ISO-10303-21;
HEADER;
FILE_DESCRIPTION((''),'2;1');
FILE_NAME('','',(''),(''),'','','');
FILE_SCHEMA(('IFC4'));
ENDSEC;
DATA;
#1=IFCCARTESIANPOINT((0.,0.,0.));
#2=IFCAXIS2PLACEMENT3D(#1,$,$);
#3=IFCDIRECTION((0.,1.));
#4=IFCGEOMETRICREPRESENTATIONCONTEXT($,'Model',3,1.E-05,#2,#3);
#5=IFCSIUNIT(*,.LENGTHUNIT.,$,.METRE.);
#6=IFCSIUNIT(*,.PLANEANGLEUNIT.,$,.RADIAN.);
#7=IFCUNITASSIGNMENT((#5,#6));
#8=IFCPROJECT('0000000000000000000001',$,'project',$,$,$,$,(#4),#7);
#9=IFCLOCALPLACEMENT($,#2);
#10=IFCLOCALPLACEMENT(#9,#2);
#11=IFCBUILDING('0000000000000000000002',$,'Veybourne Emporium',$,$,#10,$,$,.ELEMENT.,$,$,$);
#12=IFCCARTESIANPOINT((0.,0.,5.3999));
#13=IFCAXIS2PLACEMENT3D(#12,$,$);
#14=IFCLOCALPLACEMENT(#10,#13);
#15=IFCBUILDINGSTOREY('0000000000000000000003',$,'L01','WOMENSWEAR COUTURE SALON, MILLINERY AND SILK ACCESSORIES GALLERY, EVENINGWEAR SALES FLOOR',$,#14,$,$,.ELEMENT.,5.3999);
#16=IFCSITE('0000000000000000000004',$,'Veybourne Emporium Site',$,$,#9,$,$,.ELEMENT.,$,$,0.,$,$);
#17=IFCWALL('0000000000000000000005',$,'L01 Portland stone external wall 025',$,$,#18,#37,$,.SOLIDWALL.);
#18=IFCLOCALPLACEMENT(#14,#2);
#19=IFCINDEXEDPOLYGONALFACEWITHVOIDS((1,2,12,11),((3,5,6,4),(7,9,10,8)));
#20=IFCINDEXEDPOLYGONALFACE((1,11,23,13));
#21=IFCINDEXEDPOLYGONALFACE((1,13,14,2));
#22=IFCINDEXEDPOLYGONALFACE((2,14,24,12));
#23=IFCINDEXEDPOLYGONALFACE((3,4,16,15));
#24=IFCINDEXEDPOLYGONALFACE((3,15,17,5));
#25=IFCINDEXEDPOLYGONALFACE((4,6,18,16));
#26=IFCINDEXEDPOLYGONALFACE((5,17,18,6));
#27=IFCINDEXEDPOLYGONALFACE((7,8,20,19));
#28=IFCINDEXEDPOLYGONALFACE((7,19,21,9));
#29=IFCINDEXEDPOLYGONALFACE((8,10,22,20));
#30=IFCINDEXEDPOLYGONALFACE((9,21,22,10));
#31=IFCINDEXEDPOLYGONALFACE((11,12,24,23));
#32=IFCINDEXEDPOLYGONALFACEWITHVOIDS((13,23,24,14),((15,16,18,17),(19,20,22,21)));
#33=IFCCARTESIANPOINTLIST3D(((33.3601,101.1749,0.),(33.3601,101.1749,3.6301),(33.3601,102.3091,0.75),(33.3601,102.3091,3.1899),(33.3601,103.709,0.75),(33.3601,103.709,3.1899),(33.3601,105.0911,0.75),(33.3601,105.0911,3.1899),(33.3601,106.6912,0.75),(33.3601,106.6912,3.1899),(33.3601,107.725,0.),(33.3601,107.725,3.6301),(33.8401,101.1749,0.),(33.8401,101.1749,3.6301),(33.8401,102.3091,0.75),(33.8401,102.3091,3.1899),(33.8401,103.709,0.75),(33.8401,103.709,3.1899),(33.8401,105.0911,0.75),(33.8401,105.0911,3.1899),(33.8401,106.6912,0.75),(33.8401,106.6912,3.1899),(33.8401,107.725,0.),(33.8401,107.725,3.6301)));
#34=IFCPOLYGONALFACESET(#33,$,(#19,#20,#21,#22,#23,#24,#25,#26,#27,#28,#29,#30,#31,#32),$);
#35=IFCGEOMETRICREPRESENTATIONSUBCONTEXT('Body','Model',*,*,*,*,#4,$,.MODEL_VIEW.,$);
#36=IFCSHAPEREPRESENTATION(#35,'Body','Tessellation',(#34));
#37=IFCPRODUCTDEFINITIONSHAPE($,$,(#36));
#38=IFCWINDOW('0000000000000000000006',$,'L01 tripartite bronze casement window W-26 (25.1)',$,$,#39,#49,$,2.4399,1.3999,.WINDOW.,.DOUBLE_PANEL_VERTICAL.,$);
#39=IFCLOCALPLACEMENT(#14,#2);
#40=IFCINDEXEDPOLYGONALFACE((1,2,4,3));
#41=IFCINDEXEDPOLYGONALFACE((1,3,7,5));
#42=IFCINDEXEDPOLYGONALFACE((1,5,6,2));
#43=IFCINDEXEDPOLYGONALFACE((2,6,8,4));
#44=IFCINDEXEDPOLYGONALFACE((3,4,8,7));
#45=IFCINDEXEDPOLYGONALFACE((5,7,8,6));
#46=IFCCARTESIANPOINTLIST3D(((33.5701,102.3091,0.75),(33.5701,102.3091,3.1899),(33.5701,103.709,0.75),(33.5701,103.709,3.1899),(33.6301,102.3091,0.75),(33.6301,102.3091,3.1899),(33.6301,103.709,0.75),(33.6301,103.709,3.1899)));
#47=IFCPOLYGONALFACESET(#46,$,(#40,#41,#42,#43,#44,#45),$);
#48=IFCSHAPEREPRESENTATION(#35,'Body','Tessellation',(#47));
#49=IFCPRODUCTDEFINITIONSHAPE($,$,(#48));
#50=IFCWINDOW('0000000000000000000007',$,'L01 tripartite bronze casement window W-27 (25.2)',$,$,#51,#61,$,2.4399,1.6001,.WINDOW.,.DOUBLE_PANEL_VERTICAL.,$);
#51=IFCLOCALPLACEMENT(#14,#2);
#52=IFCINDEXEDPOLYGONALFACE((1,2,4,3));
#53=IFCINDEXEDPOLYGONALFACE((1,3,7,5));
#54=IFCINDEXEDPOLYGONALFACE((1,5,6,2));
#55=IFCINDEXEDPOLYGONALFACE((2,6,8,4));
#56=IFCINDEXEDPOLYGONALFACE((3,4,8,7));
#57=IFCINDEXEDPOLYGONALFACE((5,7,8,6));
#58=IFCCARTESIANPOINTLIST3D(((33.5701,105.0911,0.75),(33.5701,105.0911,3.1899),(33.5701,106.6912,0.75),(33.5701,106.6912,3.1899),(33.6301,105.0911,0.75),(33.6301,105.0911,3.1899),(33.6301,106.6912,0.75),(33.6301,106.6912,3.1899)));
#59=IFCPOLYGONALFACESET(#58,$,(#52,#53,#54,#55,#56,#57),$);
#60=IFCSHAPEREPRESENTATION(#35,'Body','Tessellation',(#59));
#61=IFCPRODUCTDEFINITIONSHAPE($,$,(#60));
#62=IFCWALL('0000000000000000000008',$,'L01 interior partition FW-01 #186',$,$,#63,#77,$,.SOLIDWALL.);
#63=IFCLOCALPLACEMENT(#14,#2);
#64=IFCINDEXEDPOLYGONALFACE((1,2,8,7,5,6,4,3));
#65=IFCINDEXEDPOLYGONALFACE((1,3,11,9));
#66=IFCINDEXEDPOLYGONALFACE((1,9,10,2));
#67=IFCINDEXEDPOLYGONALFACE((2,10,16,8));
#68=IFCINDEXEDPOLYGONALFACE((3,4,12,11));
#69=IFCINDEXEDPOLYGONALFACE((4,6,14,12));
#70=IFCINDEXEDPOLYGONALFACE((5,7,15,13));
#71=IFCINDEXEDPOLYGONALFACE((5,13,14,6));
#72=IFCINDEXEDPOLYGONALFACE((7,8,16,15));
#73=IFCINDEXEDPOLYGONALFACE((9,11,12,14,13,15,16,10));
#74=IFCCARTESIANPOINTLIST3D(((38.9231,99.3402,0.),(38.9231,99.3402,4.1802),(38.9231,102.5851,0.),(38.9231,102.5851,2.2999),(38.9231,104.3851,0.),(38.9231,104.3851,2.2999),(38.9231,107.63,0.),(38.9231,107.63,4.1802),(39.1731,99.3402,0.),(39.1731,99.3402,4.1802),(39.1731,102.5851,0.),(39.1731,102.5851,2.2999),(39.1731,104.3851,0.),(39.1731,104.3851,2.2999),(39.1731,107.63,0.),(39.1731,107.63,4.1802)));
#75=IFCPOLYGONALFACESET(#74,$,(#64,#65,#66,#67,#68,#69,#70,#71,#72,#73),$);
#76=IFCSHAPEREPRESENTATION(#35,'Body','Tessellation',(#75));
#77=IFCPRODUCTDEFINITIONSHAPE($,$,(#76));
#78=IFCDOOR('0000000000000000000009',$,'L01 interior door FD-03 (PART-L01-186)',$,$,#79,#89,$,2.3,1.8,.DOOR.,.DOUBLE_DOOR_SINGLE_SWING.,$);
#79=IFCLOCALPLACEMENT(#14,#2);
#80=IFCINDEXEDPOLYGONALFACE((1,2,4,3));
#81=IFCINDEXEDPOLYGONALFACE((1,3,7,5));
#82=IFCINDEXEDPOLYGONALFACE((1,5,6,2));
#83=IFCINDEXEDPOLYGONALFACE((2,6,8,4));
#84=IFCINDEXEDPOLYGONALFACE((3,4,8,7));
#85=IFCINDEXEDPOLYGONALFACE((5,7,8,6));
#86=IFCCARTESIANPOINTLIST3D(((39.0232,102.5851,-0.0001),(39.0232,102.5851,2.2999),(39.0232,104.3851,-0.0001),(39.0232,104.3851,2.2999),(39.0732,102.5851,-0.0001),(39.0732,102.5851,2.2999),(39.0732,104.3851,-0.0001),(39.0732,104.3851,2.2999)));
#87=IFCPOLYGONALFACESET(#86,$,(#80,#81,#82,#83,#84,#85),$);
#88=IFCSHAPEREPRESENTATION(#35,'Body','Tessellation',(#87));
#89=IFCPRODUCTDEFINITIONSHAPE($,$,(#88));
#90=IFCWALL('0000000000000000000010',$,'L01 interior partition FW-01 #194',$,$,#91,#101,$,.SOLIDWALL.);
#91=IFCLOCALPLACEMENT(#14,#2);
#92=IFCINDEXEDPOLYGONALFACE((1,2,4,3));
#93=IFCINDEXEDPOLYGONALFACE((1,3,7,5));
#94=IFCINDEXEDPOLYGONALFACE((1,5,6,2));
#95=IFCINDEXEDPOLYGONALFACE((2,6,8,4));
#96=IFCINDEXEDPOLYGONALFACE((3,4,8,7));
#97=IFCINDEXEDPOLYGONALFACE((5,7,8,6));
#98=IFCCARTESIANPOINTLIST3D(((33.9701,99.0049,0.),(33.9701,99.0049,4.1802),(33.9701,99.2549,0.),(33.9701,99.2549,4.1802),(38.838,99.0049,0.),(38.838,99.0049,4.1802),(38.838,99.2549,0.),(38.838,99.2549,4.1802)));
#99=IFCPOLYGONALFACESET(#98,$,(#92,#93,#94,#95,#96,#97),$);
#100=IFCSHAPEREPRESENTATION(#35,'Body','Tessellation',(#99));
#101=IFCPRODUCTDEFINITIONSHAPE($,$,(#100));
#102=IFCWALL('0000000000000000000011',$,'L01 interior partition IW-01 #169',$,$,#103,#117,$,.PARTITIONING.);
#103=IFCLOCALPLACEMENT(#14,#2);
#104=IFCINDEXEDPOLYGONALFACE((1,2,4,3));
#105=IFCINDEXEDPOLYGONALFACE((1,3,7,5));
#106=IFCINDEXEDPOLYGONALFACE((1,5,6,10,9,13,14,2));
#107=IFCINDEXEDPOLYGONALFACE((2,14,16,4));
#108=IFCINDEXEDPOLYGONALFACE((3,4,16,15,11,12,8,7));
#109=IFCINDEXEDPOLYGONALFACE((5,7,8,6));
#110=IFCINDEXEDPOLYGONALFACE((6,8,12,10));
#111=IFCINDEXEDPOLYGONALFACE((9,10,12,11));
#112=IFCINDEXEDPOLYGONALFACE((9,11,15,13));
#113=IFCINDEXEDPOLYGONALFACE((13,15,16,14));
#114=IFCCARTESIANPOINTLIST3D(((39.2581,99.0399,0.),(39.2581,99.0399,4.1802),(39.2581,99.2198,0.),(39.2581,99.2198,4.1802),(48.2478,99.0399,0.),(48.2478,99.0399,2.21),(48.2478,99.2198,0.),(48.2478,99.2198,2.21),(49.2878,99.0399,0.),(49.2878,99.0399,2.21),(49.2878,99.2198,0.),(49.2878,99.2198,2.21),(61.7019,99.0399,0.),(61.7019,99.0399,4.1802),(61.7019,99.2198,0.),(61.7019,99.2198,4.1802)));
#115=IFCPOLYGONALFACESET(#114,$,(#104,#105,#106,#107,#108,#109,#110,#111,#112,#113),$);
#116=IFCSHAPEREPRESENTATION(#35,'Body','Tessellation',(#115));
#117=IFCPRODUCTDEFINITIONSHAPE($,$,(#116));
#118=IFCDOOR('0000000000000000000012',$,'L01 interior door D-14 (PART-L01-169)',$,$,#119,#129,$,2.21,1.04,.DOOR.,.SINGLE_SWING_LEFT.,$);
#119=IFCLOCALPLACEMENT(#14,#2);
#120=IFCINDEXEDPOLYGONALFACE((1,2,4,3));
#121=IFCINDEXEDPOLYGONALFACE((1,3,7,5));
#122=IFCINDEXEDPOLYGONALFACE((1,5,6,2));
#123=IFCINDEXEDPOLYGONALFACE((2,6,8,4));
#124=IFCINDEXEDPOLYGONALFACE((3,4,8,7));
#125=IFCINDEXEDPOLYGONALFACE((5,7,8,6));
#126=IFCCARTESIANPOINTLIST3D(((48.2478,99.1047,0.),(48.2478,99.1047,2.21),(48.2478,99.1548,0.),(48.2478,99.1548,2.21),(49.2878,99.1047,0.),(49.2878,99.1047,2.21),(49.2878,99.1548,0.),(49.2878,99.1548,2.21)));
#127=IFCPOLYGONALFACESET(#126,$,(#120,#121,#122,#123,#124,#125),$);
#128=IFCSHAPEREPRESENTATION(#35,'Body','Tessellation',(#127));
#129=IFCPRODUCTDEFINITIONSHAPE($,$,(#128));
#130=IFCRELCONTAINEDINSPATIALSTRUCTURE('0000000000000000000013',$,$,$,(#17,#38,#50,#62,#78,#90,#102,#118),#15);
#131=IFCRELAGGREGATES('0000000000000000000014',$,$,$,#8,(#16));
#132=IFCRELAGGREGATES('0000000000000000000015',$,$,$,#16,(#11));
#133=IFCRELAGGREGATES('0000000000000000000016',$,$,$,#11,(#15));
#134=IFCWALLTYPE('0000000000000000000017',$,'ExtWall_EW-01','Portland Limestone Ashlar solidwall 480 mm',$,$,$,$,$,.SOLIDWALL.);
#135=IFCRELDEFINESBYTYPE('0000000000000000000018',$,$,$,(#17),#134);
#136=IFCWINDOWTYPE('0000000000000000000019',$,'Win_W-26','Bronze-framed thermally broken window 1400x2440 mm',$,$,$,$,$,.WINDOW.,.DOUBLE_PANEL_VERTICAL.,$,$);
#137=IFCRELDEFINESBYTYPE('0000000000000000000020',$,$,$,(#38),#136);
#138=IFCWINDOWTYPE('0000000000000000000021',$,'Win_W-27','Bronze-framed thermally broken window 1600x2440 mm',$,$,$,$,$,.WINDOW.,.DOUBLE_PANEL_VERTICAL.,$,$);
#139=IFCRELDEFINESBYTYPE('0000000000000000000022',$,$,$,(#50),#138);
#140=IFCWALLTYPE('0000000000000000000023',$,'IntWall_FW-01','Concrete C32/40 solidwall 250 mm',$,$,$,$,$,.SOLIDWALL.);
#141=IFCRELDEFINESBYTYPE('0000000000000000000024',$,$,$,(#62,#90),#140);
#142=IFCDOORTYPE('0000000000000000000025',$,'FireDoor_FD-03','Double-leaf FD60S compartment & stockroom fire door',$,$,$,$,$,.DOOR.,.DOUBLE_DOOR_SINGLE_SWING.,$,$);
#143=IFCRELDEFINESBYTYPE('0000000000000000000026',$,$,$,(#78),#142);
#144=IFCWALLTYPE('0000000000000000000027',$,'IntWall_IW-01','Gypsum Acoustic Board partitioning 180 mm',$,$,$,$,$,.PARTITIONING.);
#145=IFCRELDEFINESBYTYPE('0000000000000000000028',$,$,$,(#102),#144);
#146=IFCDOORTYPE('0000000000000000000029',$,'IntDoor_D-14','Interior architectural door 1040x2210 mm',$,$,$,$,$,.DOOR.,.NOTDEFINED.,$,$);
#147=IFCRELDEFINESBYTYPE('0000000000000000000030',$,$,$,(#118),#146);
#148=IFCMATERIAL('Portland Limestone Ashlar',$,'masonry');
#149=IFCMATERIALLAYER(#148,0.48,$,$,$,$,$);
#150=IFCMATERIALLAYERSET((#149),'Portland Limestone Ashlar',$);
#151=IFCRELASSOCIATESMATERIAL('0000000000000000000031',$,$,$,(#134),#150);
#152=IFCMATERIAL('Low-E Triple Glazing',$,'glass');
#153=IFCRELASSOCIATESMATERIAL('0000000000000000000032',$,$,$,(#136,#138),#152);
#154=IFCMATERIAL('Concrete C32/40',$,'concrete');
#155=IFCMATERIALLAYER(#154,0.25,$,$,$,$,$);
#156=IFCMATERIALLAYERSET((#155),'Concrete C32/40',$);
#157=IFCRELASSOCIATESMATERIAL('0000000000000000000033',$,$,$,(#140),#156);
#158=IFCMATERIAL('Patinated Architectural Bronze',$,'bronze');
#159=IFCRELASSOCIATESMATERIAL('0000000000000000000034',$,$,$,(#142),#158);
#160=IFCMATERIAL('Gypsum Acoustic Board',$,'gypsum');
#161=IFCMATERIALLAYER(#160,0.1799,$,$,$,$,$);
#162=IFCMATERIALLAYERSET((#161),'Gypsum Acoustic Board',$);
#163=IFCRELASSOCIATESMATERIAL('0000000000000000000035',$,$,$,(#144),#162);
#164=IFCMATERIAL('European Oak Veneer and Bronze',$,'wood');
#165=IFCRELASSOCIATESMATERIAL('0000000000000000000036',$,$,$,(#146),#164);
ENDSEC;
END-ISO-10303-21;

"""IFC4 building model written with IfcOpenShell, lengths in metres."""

from ifc_helpers import new_model, si_unit, direction, frame, frame_2d, origin, place, context, subcontext, project, spatial, rectangle, extrude, material, layer, layer_set, type_object, element, fill, save


model = new_model("IFC4")

# Units and contexts
model_context = context("Model", 3, precision=1e-05, world=origin(), true_north=direction((0.0, 1.0)))
body_context = subcontext(model_context, "Body", "Model", "MODEL_VIEW")
ifc_project = project(units=[si_unit("LENGTHUNIT", "METRE"), si_unit("PLANEANGLEUNIT", "RADIAN")], contexts=[model_context])

# Site, building, storey
site_placement = place(None, origin())
site = spatial("IfcSite", under=ifc_project, at=site_placement, Name="Veybourne Emporium Site", CompositionType="ELEMENT", RefElevation=0.0)
building_placement = place(site_placement, origin())
building = spatial("IfcBuilding", under=site, at=building_placement, Name="Veybourne Emporium", CompositionType="ELEMENT")
storey_placement = place(building_placement, frame((0.0, 0.0, 5.3999)))
storey = spatial("IfcBuildingStorey", under=building, at=storey_placement, Name="L01", Description="WOMENSWEAR COUTURE SALON, MILLINERY AND SILK ACCESSORIES GALLERY, EVENINGWEAR SALES FLOOR", CompositionType="ELEMENT", Elevation=5.3999)

# Shared definitions
ifc_material_1 = material(Name="Patinated Architectural Bronze", Category="bronze")

# Shared definitions
ifc_material_2 = material(Name="Concrete C32/40", Category="concrete")

# Wall, openings, windows
ifc_material_3 = material(Name="Portland Limestone Ashlar", Category="masonry")
ifc_layer_1 = layer(ifc_material_3, 0.48)
ifc_layer_set_1 = layer_set([ifc_layer_1], Name="Portland Limestone Ashlar")
wall_type_1 = type_object("IfcWallType", Name="ExtWall_EW-01", Description="Portland Limestone Ashlar solidwall 480 mm", PredefinedType="SOLIDWALL", material=ifc_layer_set_1)
ifc_material_4 = material(Name="Low-E Triple Glazing", Category="glass")
wall_1_placement = place(storey_placement, frame((33.6001, 101.175, 0.0), z_axis=(0.0, 0.0, 1.0), x_axis=(0.0, 1.0, 0.0)))
wall_1 = element("IfcWall", 1, at=wall_1_placement, inside=storey, type_object=wall_type_1, Name="L01 Portland stone external wall 025", PredefinedType="SOLIDWALL", context=body_context, shape_type="SweptSolid", body=[
    extrude(rectangle(XDim=6.55, YDim=0.48, at=frame_2d((3.2749, 0.0))), origin(), (0.0, 0.0, 1.0), 3.6301),
])
opening_1_placement = place(wall_1_placement, frame((1.134, 0.0, 0.75)))
opening_1 = element("IfcOpeningElement", 2, at=opening_1_placement, cuts=wall_1, PredefinedType="OPENING", context=body_context, shape_type="SweptSolid", body=[
    extrude(rectangle(XDim=1.3999, YDim=2.4399, at=frame_2d((0.7, 1.22))), frame((0.0, 0.26, 0.0), z_axis=(0.0, -1.0, 0.0), x_axis=(1.0, 0.0, 0.0)), (0.0, 0.0, 1.0), 0.52),
])
opening_2_placement = place(wall_1_placement, frame((3.916, 0.0, 0.75)))
opening_2 = element("IfcOpeningElement", 3, at=opening_2_placement, cuts=wall_1, PredefinedType="OPENING", context=body_context, shape_type="SweptSolid", body=[
    extrude(rectangle(XDim=1.6001, YDim=2.4399, at=frame_2d((0.8, 1.22))), frame((0.0, 0.26, 0.0), z_axis=(0.0, -1.0, 0.0), x_axis=(1.0, 0.0, 0.0)), (0.0, 0.0, 1.0), 0.52),
])
window_type_1 = type_object("IfcWindowType", Name="Win_W-26", Description="Bronze-framed thermally broken window 1400x2440 mm", PartitioningType="DOUBLE_PANEL_VERTICAL", PredefinedType="WINDOW", material=ifc_material_4)
window_1_placement = place(opening_1_placement, origin())
window_1 = element("IfcWindow", 4, at=window_1_placement, inside=storey, type_object=window_type_1, Name="L01 tripartite bronze casement window W-26 (25.1)", OverallHeight=2.4399, OverallWidth=1.3999, PartitioningType="DOUBLE_PANEL_VERTICAL", PredefinedType="WINDOW", context=body_context, shape_type="SweptSolid", body=[
    extrude(rectangle(XDim=1.3999, YDim=2.4399, at=frame_2d((0.7, 1.22))), frame((0.0, 0.03, 0.0), z_axis=(0.0, -1.0, 0.0), x_axis=(1.0, 0.0, 0.0)), (0.0, 0.0, 1.0), 0.0601),
])
fill(opening_1, window_1)
window_type_2 = type_object("IfcWindowType", Name="Win_W-27", Description="Bronze-framed thermally broken window 1600x2440 mm", PartitioningType="DOUBLE_PANEL_VERTICAL", PredefinedType="WINDOW", material=ifc_material_4)
window_2_placement = place(opening_2_placement, origin())
window_2 = element("IfcWindow", 5, at=window_2_placement, inside=storey, type_object=window_type_2, Name="L01 tripartite bronze casement window W-27 (25.2)", OverallHeight=2.4399, OverallWidth=1.6001, PartitioningType="DOUBLE_PANEL_VERTICAL", PredefinedType="WINDOW", context=body_context, shape_type="SweptSolid", body=[
    extrude(rectangle(XDim=1.6001, YDim=2.4399, at=frame_2d((0.8, 1.22))), frame((0.0, 0.03, 0.0), z_axis=(0.0, -1.0, 0.0), x_axis=(1.0, 0.0, 0.0)), (0.0, 0.0, 1.0), 0.0601),
])
fill(opening_2, window_2)

# Wall, opening, door
ifc_layer_2 = layer(ifc_material_2, 0.25)
ifc_layer_set_2 = layer_set([ifc_layer_2], Name="Concrete C32/40")
wall_type_2 = type_object("IfcWallType", Name="IntWall_FW-01", Description="Concrete C32/40 solidwall 250 mm", PredefinedType="SOLIDWALL", material=ifc_layer_set_2)
wall_2_placement = place(storey_placement, frame((39.0481, 99.3401, 0.0), z_axis=(0.0, 0.0, 1.0), x_axis=(0.0, 1.0, 0.0)))
wall_2 = element("IfcWall", 6, at=wall_2_placement, inside=storey, type_object=wall_type_2, Name="L01 interior partition FW-01 #186", PredefinedType="SOLIDWALL", context=body_context, shape_type="SweptSolid", body=[
    extrude(rectangle(XDim=8.2898, YDim=0.25, at=frame_2d((4.145, 0.0))), origin(), (0.0, 0.0, 1.0), 4.1802),
])
opening_3_placement = place(wall_2_placement, frame((3.2451, 0.0, 0.0)))
opening_3 = element("IfcOpeningElement", 7, at=opening_3_placement, cuts=wall_2, PredefinedType="OPENING", context=body_context, shape_type="SweptSolid", body=[
    extrude(rectangle(XDim=1.8, YDim=2.3, at=frame_2d((0.8999, 1.1499))), frame((0.0, 0.145, 0.0), z_axis=(0.0, -1.0, 0.0), x_axis=(1.0, 0.0, 0.0)), (0.0, 0.0, 1.0), 0.29),
])
door_type_1 = type_object("IfcDoorType", Name="FireDoor_FD-03", Description="Double-leaf FD60S compartment & stockroom fire door", OperationType="DOUBLE_DOOR_SINGLE_SWING", PredefinedType="DOOR", material=ifc_material_1)
door_1_placement = place(opening_3_placement, origin())
door_1 = element("IfcDoor", 8, at=door_1_placement, inside=storey, type_object=door_type_1, Name="L01 interior door FD-03 (PART-L01-186)", OperationType="DOUBLE_DOOR_SINGLE_SWING", OverallHeight=2.3, OverallWidth=1.8, PredefinedType="DOOR", context=body_context, shape_type="SweptSolid", body=[
    extrude(rectangle(XDim=1.8, YDim=2.3, at=frame_2d((0.8999, 1.1499))), frame((0.0, 0.0249, 0.0), z_axis=(0.0, -1.0, 0.0), x_axis=(1.0, 0.0, 0.0)), (0.0, 0.0, 1.0), 0.05),
])
fill(opening_3, door_1)

# Wall
wall_3_placement = place(storey_placement, frame((33.97, 99.1299, 0.0), z_axis=(0.0, 0.0, 1.0), x_axis=(1.0, 0.0, 0.0)))
element("IfcWall", 9, at=wall_3_placement, inside=storey, type_object=wall_type_2, Name="L01 interior partition FW-01 #194", PredefinedType="SOLIDWALL", context=body_context, shape_type="SweptSolid", body=[
    extrude(rectangle(XDim=4.8679, YDim=0.25, at=frame_2d((2.4341, 0.0))), origin(), (0.0, 0.0, 1.0), 4.1802),
])

# Wall, opening, door
ifc_material_5 = material(Name="Gypsum Acoustic Board", Category="gypsum")
ifc_layer_3 = layer(ifc_material_5, 0.1799)
ifc_layer_set_3 = layer_set([ifc_layer_3], Name="Gypsum Acoustic Board")
wall_type_3 = type_object("IfcWallType", Name="IntWall_IW-01", Description="Gypsum Acoustic Board partitioning 180 mm", PredefinedType="PARTITIONING", material=ifc_layer_set_3)
wall_4_placement = place(storey_placement, frame((39.2581, 99.1299, 0.0), z_axis=(0.0, 0.0, 1.0), x_axis=(1.0, 0.0, 0.0)))
wall_4 = element("IfcWall", 10, at=wall_4_placement, inside=storey, type_object=wall_type_3, Name="L01 interior partition IW-01 #169", PredefinedType="PARTITIONING", context=body_context, shape_type="SweptSolid", body=[
    extrude(rectangle(XDim=22.4438, YDim=0.1799, at=frame_2d((11.2219, 0.0))), origin(), (0.0, 0.0, 1.0), 4.1802),
])
opening_4_placement = place(wall_4_placement, frame((8.9897, 0.0, 0.0)))
opening_4 = element("IfcOpeningElement", 11, at=opening_4_placement, cuts=wall_4, PredefinedType="OPENING", context=body_context, shape_type="SweptSolid", body=[
    extrude(rectangle(XDim=1.04, YDim=2.21, at=frame_2d((0.52, 1.105))), frame((0.0, 0.1099, 0.0), z_axis=(0.0, -1.0, 0.0), x_axis=(1.0, 0.0, 0.0)), (0.0, 0.0, 1.0), 0.22),
])
ifc_material_6 = material(Name="European Oak Veneer and Bronze", Category="wood")
door_type_2 = type_object("IfcDoorType", Name="IntDoor_D-14", Description="Interior architectural door 1040x2210 mm", OperationType="NOTDEFINED", PredefinedType="DOOR", material=ifc_material_6)
door_2_placement = place(opening_4_placement, origin())
door_2 = element("IfcDoor", 12, at=door_2_placement, inside=storey, type_object=door_type_2, Name="L01 interior door D-14 (PART-L01-169)", OperationType="SINGLE_SWING_LEFT", OverallHeight=2.21, OverallWidth=1.04, PredefinedType="DOOR", context=body_context, shape_type="SweptSolid", body=[
    extrude(rectangle(XDim=1.04, YDim=2.21, at=frame_2d((0.52, 1.105))), frame((0.0, 0.0249, 0.0), z_axis=(0.0, -1.0, 0.0), x_axis=(1.0, 0.0, 0.0)), (0.0, 0.0, 1.0), 0.05),
])
fill(opening_4, door_2)

save(model, "model.ifc")
